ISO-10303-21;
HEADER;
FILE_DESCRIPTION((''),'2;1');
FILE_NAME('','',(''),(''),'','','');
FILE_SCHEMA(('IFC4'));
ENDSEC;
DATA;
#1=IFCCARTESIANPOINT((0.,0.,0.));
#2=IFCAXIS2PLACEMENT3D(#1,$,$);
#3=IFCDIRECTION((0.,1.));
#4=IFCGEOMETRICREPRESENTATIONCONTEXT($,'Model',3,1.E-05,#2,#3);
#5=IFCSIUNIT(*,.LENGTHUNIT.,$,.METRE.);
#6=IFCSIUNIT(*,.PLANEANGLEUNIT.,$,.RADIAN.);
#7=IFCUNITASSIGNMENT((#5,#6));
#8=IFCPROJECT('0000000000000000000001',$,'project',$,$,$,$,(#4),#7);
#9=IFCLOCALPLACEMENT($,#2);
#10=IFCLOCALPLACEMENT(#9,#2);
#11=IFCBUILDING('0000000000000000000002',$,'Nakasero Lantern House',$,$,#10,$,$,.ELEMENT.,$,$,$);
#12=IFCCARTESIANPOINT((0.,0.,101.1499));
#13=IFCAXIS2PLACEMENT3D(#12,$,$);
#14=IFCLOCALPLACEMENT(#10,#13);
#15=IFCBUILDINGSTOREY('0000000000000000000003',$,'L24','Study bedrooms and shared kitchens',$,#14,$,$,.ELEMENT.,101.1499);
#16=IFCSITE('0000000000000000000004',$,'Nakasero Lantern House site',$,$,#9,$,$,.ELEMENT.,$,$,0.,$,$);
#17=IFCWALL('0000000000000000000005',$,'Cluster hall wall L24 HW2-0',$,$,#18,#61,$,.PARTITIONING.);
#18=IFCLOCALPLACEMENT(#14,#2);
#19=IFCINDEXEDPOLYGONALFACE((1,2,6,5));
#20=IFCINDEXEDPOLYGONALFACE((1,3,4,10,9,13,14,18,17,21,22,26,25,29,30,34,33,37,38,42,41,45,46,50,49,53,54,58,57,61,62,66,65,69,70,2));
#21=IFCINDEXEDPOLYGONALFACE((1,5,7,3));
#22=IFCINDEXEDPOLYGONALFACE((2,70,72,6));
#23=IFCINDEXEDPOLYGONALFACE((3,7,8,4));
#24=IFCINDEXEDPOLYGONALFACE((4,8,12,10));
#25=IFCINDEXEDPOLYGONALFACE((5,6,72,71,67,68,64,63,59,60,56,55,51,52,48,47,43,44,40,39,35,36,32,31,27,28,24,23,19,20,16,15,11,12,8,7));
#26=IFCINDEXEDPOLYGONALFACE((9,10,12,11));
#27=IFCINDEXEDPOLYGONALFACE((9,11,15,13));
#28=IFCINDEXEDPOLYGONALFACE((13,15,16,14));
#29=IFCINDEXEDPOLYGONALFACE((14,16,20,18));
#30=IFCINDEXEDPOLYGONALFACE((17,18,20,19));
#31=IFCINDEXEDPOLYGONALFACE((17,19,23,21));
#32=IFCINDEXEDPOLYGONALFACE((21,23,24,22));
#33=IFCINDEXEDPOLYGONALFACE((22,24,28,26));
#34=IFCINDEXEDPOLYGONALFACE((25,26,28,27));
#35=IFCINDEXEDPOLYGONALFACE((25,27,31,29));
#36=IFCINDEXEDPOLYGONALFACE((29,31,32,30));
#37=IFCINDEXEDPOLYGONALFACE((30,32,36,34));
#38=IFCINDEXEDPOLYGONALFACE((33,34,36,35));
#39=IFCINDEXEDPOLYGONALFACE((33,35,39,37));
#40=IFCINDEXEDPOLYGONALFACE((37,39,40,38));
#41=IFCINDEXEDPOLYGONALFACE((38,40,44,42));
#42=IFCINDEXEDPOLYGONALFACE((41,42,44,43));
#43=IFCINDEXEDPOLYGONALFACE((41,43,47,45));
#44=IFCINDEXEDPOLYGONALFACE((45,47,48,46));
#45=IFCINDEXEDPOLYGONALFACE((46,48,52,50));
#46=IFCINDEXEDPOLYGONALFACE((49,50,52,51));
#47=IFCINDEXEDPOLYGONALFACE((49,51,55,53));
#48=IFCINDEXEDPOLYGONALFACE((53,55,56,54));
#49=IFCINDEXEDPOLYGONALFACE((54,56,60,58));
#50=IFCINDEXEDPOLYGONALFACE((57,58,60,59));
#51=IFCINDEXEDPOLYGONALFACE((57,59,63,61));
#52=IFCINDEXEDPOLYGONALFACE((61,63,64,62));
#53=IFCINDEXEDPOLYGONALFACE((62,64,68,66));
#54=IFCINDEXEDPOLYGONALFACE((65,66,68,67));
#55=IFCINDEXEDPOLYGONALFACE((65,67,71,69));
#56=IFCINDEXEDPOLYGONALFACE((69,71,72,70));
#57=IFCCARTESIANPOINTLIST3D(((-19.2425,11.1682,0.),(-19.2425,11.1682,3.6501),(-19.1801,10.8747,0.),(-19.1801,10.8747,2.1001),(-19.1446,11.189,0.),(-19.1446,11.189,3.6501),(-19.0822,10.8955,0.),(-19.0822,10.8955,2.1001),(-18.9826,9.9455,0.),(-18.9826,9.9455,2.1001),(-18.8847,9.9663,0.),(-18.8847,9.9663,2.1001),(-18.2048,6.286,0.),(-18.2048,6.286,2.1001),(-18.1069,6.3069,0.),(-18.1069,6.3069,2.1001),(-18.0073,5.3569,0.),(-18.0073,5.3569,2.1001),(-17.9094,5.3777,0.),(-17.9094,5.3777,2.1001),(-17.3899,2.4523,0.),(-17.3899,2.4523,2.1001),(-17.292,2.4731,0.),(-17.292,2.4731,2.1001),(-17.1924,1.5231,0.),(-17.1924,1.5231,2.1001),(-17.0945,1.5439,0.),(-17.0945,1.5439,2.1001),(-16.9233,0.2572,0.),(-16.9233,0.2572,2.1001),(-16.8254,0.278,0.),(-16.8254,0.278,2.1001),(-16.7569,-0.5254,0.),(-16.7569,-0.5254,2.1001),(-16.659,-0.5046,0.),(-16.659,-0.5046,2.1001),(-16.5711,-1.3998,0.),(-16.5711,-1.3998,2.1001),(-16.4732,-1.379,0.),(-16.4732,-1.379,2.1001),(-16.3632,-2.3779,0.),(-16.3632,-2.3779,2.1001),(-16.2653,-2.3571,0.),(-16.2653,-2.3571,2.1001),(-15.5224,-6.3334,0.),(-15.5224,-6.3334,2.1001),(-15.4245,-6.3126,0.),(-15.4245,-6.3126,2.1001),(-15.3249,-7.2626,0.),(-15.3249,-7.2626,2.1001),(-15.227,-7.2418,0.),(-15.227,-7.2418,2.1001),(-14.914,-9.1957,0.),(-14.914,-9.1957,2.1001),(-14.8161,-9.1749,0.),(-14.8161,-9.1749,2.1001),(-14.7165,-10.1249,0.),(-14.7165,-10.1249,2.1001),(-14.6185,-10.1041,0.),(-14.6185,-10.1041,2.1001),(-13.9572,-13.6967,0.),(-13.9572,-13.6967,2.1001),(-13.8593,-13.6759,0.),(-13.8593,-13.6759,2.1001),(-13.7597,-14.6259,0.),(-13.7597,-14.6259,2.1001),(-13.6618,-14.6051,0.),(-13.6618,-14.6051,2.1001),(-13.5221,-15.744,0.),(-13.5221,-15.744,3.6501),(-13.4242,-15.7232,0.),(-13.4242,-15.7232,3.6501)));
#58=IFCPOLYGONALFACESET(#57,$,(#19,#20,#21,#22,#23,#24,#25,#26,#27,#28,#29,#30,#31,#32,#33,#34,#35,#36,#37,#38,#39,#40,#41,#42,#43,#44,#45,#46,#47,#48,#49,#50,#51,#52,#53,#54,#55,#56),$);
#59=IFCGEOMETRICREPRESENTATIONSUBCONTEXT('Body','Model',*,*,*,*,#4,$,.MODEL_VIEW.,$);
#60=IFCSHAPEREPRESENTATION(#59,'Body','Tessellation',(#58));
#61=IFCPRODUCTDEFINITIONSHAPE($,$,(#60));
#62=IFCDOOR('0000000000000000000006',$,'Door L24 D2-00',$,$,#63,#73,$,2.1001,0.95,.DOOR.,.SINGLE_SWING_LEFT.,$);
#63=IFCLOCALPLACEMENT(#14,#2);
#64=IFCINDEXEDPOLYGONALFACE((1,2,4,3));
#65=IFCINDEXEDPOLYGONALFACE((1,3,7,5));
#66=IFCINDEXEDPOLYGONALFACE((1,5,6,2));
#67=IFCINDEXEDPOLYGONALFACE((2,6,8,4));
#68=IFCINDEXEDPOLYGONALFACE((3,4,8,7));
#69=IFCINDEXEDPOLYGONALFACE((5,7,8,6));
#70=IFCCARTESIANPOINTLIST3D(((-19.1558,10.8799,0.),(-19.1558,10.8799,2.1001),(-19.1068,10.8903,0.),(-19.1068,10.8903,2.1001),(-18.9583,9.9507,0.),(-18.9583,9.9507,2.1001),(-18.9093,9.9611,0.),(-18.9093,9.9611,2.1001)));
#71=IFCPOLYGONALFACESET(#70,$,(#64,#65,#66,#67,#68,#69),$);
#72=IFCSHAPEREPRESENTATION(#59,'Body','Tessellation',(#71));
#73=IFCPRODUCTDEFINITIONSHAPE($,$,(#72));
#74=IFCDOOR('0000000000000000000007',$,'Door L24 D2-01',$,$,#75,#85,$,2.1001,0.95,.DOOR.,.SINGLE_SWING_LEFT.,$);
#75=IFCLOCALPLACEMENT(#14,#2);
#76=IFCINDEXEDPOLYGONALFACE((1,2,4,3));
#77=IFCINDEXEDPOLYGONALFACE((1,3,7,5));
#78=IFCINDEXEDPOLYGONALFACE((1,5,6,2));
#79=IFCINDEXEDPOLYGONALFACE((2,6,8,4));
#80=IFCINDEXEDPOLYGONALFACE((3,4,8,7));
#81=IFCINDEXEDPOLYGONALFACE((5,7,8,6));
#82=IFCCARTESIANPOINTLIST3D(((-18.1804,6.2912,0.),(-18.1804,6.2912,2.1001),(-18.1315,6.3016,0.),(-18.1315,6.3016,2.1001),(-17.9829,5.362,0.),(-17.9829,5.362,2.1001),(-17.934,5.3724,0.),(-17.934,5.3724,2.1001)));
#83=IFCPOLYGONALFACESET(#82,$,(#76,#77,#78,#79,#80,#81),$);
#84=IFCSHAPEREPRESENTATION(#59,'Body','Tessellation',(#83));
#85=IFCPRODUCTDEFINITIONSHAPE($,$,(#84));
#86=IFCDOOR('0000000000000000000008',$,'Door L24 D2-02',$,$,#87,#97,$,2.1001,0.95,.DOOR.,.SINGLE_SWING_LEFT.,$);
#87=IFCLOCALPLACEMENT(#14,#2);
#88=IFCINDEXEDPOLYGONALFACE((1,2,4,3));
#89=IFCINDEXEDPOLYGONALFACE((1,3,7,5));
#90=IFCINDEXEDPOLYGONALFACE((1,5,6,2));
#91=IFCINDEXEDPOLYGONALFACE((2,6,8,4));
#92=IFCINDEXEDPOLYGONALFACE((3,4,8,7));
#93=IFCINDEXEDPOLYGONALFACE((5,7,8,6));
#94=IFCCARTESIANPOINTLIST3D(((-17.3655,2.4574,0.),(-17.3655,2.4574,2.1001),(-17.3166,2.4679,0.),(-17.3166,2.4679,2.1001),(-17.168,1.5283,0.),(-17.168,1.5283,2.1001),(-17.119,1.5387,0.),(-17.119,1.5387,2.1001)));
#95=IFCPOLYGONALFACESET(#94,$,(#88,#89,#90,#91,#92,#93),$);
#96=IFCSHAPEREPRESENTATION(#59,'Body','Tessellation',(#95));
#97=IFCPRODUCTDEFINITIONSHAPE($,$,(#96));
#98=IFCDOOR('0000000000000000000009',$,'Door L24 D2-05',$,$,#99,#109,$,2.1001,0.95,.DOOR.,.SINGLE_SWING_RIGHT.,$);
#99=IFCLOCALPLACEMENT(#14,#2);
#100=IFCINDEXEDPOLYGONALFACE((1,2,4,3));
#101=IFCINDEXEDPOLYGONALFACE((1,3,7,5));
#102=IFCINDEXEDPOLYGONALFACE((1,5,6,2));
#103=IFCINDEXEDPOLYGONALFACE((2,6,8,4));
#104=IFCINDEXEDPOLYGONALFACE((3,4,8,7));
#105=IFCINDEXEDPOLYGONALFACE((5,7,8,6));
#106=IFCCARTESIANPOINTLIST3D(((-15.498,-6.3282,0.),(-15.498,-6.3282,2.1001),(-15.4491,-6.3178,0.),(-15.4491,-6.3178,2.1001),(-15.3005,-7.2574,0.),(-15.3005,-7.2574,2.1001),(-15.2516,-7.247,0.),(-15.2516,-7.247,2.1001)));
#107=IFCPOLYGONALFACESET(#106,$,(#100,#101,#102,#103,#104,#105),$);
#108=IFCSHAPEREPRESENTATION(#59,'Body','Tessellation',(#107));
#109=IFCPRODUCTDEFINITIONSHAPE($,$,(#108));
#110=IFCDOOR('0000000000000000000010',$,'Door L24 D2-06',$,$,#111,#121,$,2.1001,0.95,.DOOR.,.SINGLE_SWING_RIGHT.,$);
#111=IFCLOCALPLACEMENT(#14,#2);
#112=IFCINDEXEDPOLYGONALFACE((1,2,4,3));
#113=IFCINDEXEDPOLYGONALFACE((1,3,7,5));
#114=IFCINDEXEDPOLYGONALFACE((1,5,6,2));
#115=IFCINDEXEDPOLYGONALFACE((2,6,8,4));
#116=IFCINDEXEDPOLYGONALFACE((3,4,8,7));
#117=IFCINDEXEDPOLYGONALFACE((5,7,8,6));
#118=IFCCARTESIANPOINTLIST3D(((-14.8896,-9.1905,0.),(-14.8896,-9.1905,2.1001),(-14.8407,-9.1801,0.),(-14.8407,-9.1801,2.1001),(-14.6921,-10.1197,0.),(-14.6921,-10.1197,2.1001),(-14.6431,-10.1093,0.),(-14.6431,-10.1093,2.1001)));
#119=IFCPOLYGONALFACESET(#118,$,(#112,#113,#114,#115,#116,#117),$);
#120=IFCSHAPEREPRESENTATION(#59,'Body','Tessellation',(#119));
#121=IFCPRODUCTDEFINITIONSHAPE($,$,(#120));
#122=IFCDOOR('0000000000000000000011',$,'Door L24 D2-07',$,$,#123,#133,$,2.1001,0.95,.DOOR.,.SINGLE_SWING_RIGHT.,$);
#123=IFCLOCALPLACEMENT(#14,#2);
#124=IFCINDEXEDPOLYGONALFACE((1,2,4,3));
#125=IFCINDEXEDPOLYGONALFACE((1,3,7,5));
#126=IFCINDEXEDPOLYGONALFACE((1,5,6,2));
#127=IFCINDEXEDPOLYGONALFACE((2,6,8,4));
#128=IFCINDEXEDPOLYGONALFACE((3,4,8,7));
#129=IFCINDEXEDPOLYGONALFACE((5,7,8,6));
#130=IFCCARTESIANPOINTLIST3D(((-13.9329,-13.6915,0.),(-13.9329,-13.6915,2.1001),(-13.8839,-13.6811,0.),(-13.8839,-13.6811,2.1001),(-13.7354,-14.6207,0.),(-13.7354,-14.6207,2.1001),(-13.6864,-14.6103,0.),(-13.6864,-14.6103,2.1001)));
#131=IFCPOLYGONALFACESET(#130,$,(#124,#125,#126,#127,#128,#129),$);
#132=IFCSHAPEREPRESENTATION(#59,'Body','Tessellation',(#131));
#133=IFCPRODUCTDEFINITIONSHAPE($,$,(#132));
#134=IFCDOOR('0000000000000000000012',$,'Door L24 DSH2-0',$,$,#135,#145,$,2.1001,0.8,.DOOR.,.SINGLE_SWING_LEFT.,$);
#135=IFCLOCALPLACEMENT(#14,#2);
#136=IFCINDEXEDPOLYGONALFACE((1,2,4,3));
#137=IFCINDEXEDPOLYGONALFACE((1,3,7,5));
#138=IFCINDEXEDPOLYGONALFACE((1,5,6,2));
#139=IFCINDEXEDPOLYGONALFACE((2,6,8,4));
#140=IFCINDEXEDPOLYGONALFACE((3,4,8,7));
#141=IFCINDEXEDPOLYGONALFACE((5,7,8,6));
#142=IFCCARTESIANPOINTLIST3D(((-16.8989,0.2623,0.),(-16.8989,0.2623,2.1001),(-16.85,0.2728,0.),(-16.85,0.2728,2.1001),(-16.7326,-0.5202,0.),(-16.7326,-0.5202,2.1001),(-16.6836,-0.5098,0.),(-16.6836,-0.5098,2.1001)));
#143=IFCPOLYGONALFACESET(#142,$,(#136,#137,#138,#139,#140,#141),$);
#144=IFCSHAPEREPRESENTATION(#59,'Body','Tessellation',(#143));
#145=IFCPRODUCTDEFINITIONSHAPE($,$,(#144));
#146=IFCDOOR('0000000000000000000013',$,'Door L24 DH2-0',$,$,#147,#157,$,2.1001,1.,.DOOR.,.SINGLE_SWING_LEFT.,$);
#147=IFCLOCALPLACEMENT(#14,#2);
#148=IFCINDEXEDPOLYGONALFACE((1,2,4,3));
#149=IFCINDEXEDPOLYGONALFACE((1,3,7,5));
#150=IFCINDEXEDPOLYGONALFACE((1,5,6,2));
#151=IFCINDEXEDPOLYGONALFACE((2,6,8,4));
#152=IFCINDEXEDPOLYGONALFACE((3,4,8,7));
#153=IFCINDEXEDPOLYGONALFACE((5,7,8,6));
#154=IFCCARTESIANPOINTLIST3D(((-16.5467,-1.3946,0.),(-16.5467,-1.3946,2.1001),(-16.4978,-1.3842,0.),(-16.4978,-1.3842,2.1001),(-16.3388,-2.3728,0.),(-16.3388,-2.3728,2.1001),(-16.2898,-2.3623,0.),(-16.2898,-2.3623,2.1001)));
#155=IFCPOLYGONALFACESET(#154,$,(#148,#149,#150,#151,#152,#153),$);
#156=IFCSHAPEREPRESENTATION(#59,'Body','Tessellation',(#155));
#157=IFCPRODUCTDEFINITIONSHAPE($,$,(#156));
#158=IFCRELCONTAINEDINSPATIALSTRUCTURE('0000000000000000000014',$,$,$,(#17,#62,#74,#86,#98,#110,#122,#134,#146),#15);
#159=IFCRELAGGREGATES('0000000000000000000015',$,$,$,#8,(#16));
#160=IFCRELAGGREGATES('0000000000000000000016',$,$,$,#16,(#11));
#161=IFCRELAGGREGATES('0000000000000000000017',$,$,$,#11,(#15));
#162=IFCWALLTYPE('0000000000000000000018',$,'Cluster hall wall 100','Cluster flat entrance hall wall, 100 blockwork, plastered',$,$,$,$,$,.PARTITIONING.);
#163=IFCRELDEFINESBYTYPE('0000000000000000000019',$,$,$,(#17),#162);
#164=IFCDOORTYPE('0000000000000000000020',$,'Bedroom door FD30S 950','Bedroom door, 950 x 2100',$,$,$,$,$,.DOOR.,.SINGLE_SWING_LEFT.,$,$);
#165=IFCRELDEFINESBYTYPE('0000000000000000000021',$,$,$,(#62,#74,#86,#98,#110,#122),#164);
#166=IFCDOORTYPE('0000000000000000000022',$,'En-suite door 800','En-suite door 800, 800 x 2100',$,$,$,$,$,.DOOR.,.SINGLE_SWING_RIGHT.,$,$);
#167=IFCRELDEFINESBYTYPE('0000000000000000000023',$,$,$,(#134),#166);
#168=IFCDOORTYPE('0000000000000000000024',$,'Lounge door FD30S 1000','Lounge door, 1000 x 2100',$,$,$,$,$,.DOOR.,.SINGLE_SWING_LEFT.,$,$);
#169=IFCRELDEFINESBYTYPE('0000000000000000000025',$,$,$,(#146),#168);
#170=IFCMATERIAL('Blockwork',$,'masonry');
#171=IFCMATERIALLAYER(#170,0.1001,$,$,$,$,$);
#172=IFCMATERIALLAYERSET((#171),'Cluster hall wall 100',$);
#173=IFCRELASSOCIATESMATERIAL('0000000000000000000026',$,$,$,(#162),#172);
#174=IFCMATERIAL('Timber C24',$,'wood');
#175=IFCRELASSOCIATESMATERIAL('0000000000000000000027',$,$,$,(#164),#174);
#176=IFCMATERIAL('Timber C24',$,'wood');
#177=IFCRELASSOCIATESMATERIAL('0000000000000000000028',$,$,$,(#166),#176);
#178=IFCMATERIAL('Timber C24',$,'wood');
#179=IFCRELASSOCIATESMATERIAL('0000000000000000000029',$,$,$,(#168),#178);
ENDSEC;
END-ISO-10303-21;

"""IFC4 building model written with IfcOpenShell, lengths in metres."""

from ifc_helpers import new_model, si_unit, direction, frame, frame_2d, origin, place, context, subcontext, project, spatial, rectangle, extrude, material, layer, layer_set, type_object, element, fill, save


model = new_model("IFC4")

# Units and contexts
model_context = context("Model", 3, precision=1e-05, world=origin(), true_north=direction((0.0, 1.0)))
body_context = subcontext(model_context, "Body", "Model", "MODEL_VIEW")
ifc_project = project(units=[si_unit("LENGTHUNIT", "METRE"), si_unit("PLANEANGLEUNIT", "RADIAN")], contexts=[model_context])

# Site, building, storey
site_placement = place(None, origin())
site = spatial("IfcSite", under=ifc_project, at=site_placement, Name="Nakasero Lantern House site", CompositionType="ELEMENT", RefElevation=0.0)
building_placement = place(site_placement, origin())
building = spatial("IfcBuilding", under=site, at=building_placement, Name="Nakasero Lantern House", CompositionType="ELEMENT")
storey_placement = place(building_placement, frame((0.0, 0.0, 101.1499)))
storey = spatial("IfcBuildingStorey", under=building, at=storey_placement, Name="L24", Description="Study bedrooms and shared kitchens", CompositionType="ELEMENT", Elevation=101.1499)

# Wall, openings, doors
ifc_material_1 = material(Name="Blockwork", Category="masonry")
ifc_layer_1 = layer(ifc_material_1, 0.1001)
ifc_layer_set_1 = layer_set([ifc_layer_1], Name="Cluster hall wall 100")
wall_type_1 = type_object("IfcWallType", Name="Cluster hall wall 100", Description="Cluster flat entrance hall wall, 100 blockwork, plastered", PredefinedType="PARTITIONING", material=ifc_layer_set_1)
wall_1_placement = place(storey_placement, frame((-19.1936, 11.1787, 0.0), z_axis=(0.0, 0.0, 1.0), x_axis=(0.207916, -0.978147, 0.0)))
wall_1 = element("IfcWall", 1, at=wall_1_placement, inside=storey, type_object=wall_type_1, Name="Cluster hall wall L24 HW2-0", PredefinedType="PARTITIONING", context=body_context, shape_type="SweptSolid", body=[
    extrude(rectangle(XDim=27.5134, YDim=0.1001, at=frame_2d((13.7568, 0.0))), origin(), (0.0, 0.0, 1.0), 3.6501),
])
opening_1_placement = place(wall_1_placement, frame((12.8489, 0.0, 0.0)))
opening_1 = element("IfcOpeningElement", 2, at=opening_1_placement, cuts=wall_1, PredefinedType="OPENING", context=body_context, shape_type="SweptSolid", body=[
    extrude(rectangle(XDim=1.0, YDim=2.1001, at=frame_2d((0.5, 1.05))), frame((0.0, 0.0701, 0.0), z_axis=(0.0, -1.0, 0.0), x_axis=(1.0, 0.0, 0.0)), (0.0, 0.0, 1.0), 0.1401),
])
opening_2_placement = place(wall_1_placement, frame((11.155, 0.0, 0.0)))
opening_2 = element("IfcOpeningElement", 3, at=opening_2_placement, cuts=wall_1, PredefinedType="OPENING", context=body_context, shape_type="SweptSolid", body=[
    extrude(rectangle(XDim=0.8, YDim=2.1001, at=frame_2d((0.3999, 1.05))), frame((0.0, 0.0701, 0.0), z_axis=(0.0, -1.0, 0.0), x_axis=(1.0, 0.0, 0.0)), (0.0, 0.0, 1.0), 0.1401),
])
opening_3_placement = place(wall_1_placement, frame((0.3, 0.0, 0.0)))
opening_3 = element("IfcOpeningElement", 4, at=opening_3_placement, cuts=wall_1, PredefinedType="OPENING", context=body_context, shape_type="SweptSolid", body=[
    extrude(rectangle(XDim=0.95, YDim=2.1001, at=frame_2d((0.4751, 1.05))), frame((0.0, 0.0701, 0.0), z_axis=(0.0, -1.0, 0.0), x_axis=(1.0, 0.0, 0.0)), (0.0, 0.0, 1.0), 0.1401),
])
opening_4_placement = place(wall_1_placement, frame((4.9912, 0.0, 0.0)))
opening_4 = element("IfcOpeningElement", 5, at=opening_4_placement, cuts=wall_1, PredefinedType="OPENING", context=body_context, shape_type="SweptSolid", body=[
    extrude(rectangle(XDim=0.95, YDim=2.1001, at=frame_2d((0.4751, 1.05))), frame((0.0, 0.0701, 0.0), z_axis=(0.0, -1.0, 0.0), x_axis=(1.0, 0.0, 0.0)), (0.0, 0.0, 1.0), 0.1401),
])
opening_5_placement = place(wall_1_placement, frame((8.9106, 0.0, 0.0)))
opening_5 = element("IfcOpeningElement", 6, at=opening_5_placement, cuts=wall_1, PredefinedType="OPENING", context=body_context, shape_type="SweptSolid", body=[
    extrude(rectangle(XDim=0.95, YDim=2.1001, at=frame_2d((0.4751, 1.05))), frame((0.0, 0.0701, 0.0), z_axis=(0.0, -1.0, 0.0), x_axis=(1.0, 0.0, 0.0)), (0.0, 0.0, 1.0), 0.1401),
])
opening_6_placement = place(wall_1_placement, frame((17.8926, 0.0, 0.0)))
opening_6 = element("IfcOpeningElement", 7, at=opening_6_placement, cuts=wall_1, PredefinedType="OPENING", context=body_context, shape_type="SweptSolid", body=[
    extrude(rectangle(XDim=0.95, YDim=2.1001, at=frame_2d((0.4751, 1.05))), frame((0.0, 0.0701, 0.0), z_axis=(0.0, -1.0, 0.0), x_axis=(1.0, 0.0, 0.0)), (0.0, 0.0, 1.0), 0.1401),
])
opening_7_placement = place(wall_1_placement, frame((20.8188, 0.0, 0.0)))
opening_7 = element("IfcOpeningElement", 8, at=opening_7_placement, cuts=wall_1, PredefinedType="OPENING", context=body_context, shape_type="SweptSolid", body=[
    extrude(rectangle(XDim=0.95, YDim=2.1001, at=frame_2d((0.4751, 1.05))), frame((0.0, 0.0701, 0.0), z_axis=(0.0, -1.0, 0.0), x_axis=(1.0, 0.0, 0.0)), (0.0, 0.0, 1.0), 0.1401),
])
opening_8_placement = place(wall_1_placement, frame((25.4204, 0.0, 0.0)))
opening_8 = element("IfcOpeningElement", 9, at=opening_8_placement, cuts=wall_1, PredefinedType="OPENING", context=body_context, shape_type="SweptSolid", body=[
    extrude(rectangle(XDim=0.95, YDim=2.1001, at=frame_2d((0.4751, 1.05))), frame((0.0, 0.0701, 0.0), z_axis=(0.0, -1.0, 0.0), x_axis=(1.0, 0.0, 0.0)), (0.0, 0.0, 1.0), 0.1401),
])
ifc_material_2 = material(Name="Timber C24", Category="wood")
door_type_1 = type_object("IfcDoorType", Name="Bedroom door FD30S 950", Description="Bedroom door, 950 x 2100", OperationType="SINGLE_SWING_LEFT", PredefinedType="DOOR", material=ifc_material_2)
door_1_placement = place(opening_3_placement, origin())
door_1 = element("IfcDoor", 10, at=door_1_placement, inside=storey, type_object=door_type_1, Name="Door L24 D2-00", OperationType="SINGLE_SWING_LEFT", OverallHeight=2.1001, OverallWidth=0.95, PredefinedType="DOOR", context=body_context, shape_type="SweptSolid", body=[
    extrude(rectangle(XDim=0.95, YDim=2.1001, at=frame_2d((0.4751, 1.05))), frame((0.0, 0.0249, 0.0), z_axis=(0.0, -1.0, 0.0), x_axis=(1.0, 0.0, 0.0)), (0.0, 0.0, 1.0), 0.05),
])
fill(opening_3, door_1)
door_2_placement = place(opening_4_placement, origin())
door_2 = element("IfcDoor", 11, at=door_2_placement, inside=storey, type_object=door_type_1, Name="Door L24 D2-01", OperationType="SINGLE_SWING_LEFT", OverallHeight=2.1001, OverallWidth=0.95, PredefinedType="DOOR", context=body_context, shape_type="SweptSolid", body=[
    extrude(rectangle(XDim=0.95, YDim=2.1001, at=frame_2d((0.4751, 1.05))), frame((0.0, 0.0249, 0.0), z_axis=(0.0, -1.0, 0.0), x_axis=(1.0, 0.0, 0.0)), (0.0, 0.0, 1.0), 0.05),
])
fill(opening_4, door_2)
door_3_placement = place(opening_5_placement, origin())
door_3 = element("IfcDoor", 12, at=door_3_placement, inside=storey, type_object=door_type_1, Name="Door L24 D2-02", OperationType="SINGLE_SWING_LEFT", OverallHeight=2.1001, OverallWidth=0.95, PredefinedType="DOOR", context=body_context, shape_type="SweptSolid", body=[
    extrude(rectangle(XDim=0.95, YDim=2.1001, at=frame_2d((0.4751, 1.05))), frame((0.0, 0.0249, 0.0), z_axis=(0.0, -1.0, 0.0), x_axis=(1.0, 0.0, 0.0)), (0.0, 0.0, 1.0), 0.05),
])
fill(opening_5, door_3)
door_4_placement = place(opening_6_placement, origin())
door_4 = element("IfcDoor", 13, at=door_4_placement, inside=storey, type_object=door_type_1, Name="Door L24 D2-05", OperationType="SINGLE_SWING_RIGHT", OverallHeight=2.1001, OverallWidth=0.95, PredefinedType="DOOR", context=body_context, shape_type="SweptSolid", body=[
    extrude(rectangle(XDim=0.95, YDim=2.1001, at=frame_2d((0.4751, 1.05))), frame((0.0, 0.0249, 0.0), z_axis=(0.0, -1.0, 0.0), x_axis=(1.0, 0.0, 0.0)), (0.0, 0.0, 1.0), 0.05),
])
fill(opening_6, door_4)
door_5_placement = place(opening_7_placement, origin())
door_5 = element("IfcDoor", 14, at=door_5_placement, inside=storey, type_object=door_type_1, Name="Door L24 D2-06", OperationType="SINGLE_SWING_RIGHT", OverallHeight=2.1001, OverallWidth=0.95, PredefinedType="DOOR", context=body_context, shape_type="SweptSolid", body=[
    extrude(rectangle(XDim=0.95, YDim=2.1001, at=frame_2d((0.4751, 1.05))), frame((0.0, 0.0249, 0.0), z_axis=(0.0, -1.0, 0.0), x_axis=(1.0, 0.0, 0.0)), (0.0, 0.0, 1.0), 0.05),
])
fill(opening_7, door_5)
door_6_placement = place(opening_8_placement, origin())
door_6 = element("IfcDoor", 15, at=door_6_placement, inside=storey, type_object=door_type_1, Name="Door L24 D2-07", OperationType="SINGLE_SWING_RIGHT", OverallHeight=2.1001, OverallWidth=0.95, PredefinedType="DOOR", context=body_context, shape_type="SweptSolid", body=[
    extrude(rectangle(XDim=0.95, YDim=2.1001, at=frame_2d((0.4751, 1.05))), frame((0.0, 0.0249, 0.0), z_axis=(0.0, -1.0, 0.0), x_axis=(1.0, 0.0, 0.0)), (0.0, 0.0, 1.0), 0.05),
])
fill(opening_8, door_6)
ifc_material_3 = material(Name="Timber C24", Category="wood")
door_type_2 = type_object("IfcDoorType", Name="En-suite door 800", Description="En-suite door 800, 800 x 2100", OperationType="SINGLE_SWING_RIGHT", PredefinedType="DOOR", material=ifc_material_3)
door_7_placement = place(opening_2_placement, origin())
door_7 = element("IfcDoor", 16, at=door_7_placement, inside=storey, type_object=door_type_2, Name="Door L24 DSH2-0", OperationType="SINGLE_SWING_LEFT", OverallHeight=2.1001, OverallWidth=0.8, PredefinedType="DOOR", context=body_context, shape_type="SweptSolid", body=[
    extrude(rectangle(XDim=0.8, YDim=2.1001, at=frame_2d((0.3999, 1.05))), frame((0.0, 0.0249, 0.0), z_axis=(0.0, -1.0, 0.0), x_axis=(1.0, 0.0, 0.0)), (0.0, 0.0, 1.0), 0.05),
])
fill(opening_2, door_7)
ifc_material_4 = material(Name="Timber C24", Category="wood")
door_type_3 = type_object("IfcDoorType", Name="Lounge door FD30S 1000", Description="Lounge door, 1000 x 2100", OperationType="SINGLE_SWING_LEFT", PredefinedType="DOOR", material=ifc_material_4)
door_8_placement = place(opening_1_placement, origin())
door_8 = element("IfcDoor", 17, at=door_8_placement, inside=storey, type_object=door_type_3, Name="Door L24 DH2-0", OperationType="SINGLE_SWING_LEFT", OverallHeight=2.1001, OverallWidth=1.0, PredefinedType="DOOR", context=body_context, shape_type="SweptSolid", body=[
    extrude(rectangle(XDim=1.0, YDim=2.1001, at=frame_2d((0.5, 1.05))), frame((0.0, 0.0249, 0.0), z_axis=(0.0, -1.0, 0.0), x_axis=(1.0, 0.0, 0.0)), (0.0, 0.0, 1.0), 0.05),
])
fill(opening_1, door_8)

save(model, "model.ifc")
